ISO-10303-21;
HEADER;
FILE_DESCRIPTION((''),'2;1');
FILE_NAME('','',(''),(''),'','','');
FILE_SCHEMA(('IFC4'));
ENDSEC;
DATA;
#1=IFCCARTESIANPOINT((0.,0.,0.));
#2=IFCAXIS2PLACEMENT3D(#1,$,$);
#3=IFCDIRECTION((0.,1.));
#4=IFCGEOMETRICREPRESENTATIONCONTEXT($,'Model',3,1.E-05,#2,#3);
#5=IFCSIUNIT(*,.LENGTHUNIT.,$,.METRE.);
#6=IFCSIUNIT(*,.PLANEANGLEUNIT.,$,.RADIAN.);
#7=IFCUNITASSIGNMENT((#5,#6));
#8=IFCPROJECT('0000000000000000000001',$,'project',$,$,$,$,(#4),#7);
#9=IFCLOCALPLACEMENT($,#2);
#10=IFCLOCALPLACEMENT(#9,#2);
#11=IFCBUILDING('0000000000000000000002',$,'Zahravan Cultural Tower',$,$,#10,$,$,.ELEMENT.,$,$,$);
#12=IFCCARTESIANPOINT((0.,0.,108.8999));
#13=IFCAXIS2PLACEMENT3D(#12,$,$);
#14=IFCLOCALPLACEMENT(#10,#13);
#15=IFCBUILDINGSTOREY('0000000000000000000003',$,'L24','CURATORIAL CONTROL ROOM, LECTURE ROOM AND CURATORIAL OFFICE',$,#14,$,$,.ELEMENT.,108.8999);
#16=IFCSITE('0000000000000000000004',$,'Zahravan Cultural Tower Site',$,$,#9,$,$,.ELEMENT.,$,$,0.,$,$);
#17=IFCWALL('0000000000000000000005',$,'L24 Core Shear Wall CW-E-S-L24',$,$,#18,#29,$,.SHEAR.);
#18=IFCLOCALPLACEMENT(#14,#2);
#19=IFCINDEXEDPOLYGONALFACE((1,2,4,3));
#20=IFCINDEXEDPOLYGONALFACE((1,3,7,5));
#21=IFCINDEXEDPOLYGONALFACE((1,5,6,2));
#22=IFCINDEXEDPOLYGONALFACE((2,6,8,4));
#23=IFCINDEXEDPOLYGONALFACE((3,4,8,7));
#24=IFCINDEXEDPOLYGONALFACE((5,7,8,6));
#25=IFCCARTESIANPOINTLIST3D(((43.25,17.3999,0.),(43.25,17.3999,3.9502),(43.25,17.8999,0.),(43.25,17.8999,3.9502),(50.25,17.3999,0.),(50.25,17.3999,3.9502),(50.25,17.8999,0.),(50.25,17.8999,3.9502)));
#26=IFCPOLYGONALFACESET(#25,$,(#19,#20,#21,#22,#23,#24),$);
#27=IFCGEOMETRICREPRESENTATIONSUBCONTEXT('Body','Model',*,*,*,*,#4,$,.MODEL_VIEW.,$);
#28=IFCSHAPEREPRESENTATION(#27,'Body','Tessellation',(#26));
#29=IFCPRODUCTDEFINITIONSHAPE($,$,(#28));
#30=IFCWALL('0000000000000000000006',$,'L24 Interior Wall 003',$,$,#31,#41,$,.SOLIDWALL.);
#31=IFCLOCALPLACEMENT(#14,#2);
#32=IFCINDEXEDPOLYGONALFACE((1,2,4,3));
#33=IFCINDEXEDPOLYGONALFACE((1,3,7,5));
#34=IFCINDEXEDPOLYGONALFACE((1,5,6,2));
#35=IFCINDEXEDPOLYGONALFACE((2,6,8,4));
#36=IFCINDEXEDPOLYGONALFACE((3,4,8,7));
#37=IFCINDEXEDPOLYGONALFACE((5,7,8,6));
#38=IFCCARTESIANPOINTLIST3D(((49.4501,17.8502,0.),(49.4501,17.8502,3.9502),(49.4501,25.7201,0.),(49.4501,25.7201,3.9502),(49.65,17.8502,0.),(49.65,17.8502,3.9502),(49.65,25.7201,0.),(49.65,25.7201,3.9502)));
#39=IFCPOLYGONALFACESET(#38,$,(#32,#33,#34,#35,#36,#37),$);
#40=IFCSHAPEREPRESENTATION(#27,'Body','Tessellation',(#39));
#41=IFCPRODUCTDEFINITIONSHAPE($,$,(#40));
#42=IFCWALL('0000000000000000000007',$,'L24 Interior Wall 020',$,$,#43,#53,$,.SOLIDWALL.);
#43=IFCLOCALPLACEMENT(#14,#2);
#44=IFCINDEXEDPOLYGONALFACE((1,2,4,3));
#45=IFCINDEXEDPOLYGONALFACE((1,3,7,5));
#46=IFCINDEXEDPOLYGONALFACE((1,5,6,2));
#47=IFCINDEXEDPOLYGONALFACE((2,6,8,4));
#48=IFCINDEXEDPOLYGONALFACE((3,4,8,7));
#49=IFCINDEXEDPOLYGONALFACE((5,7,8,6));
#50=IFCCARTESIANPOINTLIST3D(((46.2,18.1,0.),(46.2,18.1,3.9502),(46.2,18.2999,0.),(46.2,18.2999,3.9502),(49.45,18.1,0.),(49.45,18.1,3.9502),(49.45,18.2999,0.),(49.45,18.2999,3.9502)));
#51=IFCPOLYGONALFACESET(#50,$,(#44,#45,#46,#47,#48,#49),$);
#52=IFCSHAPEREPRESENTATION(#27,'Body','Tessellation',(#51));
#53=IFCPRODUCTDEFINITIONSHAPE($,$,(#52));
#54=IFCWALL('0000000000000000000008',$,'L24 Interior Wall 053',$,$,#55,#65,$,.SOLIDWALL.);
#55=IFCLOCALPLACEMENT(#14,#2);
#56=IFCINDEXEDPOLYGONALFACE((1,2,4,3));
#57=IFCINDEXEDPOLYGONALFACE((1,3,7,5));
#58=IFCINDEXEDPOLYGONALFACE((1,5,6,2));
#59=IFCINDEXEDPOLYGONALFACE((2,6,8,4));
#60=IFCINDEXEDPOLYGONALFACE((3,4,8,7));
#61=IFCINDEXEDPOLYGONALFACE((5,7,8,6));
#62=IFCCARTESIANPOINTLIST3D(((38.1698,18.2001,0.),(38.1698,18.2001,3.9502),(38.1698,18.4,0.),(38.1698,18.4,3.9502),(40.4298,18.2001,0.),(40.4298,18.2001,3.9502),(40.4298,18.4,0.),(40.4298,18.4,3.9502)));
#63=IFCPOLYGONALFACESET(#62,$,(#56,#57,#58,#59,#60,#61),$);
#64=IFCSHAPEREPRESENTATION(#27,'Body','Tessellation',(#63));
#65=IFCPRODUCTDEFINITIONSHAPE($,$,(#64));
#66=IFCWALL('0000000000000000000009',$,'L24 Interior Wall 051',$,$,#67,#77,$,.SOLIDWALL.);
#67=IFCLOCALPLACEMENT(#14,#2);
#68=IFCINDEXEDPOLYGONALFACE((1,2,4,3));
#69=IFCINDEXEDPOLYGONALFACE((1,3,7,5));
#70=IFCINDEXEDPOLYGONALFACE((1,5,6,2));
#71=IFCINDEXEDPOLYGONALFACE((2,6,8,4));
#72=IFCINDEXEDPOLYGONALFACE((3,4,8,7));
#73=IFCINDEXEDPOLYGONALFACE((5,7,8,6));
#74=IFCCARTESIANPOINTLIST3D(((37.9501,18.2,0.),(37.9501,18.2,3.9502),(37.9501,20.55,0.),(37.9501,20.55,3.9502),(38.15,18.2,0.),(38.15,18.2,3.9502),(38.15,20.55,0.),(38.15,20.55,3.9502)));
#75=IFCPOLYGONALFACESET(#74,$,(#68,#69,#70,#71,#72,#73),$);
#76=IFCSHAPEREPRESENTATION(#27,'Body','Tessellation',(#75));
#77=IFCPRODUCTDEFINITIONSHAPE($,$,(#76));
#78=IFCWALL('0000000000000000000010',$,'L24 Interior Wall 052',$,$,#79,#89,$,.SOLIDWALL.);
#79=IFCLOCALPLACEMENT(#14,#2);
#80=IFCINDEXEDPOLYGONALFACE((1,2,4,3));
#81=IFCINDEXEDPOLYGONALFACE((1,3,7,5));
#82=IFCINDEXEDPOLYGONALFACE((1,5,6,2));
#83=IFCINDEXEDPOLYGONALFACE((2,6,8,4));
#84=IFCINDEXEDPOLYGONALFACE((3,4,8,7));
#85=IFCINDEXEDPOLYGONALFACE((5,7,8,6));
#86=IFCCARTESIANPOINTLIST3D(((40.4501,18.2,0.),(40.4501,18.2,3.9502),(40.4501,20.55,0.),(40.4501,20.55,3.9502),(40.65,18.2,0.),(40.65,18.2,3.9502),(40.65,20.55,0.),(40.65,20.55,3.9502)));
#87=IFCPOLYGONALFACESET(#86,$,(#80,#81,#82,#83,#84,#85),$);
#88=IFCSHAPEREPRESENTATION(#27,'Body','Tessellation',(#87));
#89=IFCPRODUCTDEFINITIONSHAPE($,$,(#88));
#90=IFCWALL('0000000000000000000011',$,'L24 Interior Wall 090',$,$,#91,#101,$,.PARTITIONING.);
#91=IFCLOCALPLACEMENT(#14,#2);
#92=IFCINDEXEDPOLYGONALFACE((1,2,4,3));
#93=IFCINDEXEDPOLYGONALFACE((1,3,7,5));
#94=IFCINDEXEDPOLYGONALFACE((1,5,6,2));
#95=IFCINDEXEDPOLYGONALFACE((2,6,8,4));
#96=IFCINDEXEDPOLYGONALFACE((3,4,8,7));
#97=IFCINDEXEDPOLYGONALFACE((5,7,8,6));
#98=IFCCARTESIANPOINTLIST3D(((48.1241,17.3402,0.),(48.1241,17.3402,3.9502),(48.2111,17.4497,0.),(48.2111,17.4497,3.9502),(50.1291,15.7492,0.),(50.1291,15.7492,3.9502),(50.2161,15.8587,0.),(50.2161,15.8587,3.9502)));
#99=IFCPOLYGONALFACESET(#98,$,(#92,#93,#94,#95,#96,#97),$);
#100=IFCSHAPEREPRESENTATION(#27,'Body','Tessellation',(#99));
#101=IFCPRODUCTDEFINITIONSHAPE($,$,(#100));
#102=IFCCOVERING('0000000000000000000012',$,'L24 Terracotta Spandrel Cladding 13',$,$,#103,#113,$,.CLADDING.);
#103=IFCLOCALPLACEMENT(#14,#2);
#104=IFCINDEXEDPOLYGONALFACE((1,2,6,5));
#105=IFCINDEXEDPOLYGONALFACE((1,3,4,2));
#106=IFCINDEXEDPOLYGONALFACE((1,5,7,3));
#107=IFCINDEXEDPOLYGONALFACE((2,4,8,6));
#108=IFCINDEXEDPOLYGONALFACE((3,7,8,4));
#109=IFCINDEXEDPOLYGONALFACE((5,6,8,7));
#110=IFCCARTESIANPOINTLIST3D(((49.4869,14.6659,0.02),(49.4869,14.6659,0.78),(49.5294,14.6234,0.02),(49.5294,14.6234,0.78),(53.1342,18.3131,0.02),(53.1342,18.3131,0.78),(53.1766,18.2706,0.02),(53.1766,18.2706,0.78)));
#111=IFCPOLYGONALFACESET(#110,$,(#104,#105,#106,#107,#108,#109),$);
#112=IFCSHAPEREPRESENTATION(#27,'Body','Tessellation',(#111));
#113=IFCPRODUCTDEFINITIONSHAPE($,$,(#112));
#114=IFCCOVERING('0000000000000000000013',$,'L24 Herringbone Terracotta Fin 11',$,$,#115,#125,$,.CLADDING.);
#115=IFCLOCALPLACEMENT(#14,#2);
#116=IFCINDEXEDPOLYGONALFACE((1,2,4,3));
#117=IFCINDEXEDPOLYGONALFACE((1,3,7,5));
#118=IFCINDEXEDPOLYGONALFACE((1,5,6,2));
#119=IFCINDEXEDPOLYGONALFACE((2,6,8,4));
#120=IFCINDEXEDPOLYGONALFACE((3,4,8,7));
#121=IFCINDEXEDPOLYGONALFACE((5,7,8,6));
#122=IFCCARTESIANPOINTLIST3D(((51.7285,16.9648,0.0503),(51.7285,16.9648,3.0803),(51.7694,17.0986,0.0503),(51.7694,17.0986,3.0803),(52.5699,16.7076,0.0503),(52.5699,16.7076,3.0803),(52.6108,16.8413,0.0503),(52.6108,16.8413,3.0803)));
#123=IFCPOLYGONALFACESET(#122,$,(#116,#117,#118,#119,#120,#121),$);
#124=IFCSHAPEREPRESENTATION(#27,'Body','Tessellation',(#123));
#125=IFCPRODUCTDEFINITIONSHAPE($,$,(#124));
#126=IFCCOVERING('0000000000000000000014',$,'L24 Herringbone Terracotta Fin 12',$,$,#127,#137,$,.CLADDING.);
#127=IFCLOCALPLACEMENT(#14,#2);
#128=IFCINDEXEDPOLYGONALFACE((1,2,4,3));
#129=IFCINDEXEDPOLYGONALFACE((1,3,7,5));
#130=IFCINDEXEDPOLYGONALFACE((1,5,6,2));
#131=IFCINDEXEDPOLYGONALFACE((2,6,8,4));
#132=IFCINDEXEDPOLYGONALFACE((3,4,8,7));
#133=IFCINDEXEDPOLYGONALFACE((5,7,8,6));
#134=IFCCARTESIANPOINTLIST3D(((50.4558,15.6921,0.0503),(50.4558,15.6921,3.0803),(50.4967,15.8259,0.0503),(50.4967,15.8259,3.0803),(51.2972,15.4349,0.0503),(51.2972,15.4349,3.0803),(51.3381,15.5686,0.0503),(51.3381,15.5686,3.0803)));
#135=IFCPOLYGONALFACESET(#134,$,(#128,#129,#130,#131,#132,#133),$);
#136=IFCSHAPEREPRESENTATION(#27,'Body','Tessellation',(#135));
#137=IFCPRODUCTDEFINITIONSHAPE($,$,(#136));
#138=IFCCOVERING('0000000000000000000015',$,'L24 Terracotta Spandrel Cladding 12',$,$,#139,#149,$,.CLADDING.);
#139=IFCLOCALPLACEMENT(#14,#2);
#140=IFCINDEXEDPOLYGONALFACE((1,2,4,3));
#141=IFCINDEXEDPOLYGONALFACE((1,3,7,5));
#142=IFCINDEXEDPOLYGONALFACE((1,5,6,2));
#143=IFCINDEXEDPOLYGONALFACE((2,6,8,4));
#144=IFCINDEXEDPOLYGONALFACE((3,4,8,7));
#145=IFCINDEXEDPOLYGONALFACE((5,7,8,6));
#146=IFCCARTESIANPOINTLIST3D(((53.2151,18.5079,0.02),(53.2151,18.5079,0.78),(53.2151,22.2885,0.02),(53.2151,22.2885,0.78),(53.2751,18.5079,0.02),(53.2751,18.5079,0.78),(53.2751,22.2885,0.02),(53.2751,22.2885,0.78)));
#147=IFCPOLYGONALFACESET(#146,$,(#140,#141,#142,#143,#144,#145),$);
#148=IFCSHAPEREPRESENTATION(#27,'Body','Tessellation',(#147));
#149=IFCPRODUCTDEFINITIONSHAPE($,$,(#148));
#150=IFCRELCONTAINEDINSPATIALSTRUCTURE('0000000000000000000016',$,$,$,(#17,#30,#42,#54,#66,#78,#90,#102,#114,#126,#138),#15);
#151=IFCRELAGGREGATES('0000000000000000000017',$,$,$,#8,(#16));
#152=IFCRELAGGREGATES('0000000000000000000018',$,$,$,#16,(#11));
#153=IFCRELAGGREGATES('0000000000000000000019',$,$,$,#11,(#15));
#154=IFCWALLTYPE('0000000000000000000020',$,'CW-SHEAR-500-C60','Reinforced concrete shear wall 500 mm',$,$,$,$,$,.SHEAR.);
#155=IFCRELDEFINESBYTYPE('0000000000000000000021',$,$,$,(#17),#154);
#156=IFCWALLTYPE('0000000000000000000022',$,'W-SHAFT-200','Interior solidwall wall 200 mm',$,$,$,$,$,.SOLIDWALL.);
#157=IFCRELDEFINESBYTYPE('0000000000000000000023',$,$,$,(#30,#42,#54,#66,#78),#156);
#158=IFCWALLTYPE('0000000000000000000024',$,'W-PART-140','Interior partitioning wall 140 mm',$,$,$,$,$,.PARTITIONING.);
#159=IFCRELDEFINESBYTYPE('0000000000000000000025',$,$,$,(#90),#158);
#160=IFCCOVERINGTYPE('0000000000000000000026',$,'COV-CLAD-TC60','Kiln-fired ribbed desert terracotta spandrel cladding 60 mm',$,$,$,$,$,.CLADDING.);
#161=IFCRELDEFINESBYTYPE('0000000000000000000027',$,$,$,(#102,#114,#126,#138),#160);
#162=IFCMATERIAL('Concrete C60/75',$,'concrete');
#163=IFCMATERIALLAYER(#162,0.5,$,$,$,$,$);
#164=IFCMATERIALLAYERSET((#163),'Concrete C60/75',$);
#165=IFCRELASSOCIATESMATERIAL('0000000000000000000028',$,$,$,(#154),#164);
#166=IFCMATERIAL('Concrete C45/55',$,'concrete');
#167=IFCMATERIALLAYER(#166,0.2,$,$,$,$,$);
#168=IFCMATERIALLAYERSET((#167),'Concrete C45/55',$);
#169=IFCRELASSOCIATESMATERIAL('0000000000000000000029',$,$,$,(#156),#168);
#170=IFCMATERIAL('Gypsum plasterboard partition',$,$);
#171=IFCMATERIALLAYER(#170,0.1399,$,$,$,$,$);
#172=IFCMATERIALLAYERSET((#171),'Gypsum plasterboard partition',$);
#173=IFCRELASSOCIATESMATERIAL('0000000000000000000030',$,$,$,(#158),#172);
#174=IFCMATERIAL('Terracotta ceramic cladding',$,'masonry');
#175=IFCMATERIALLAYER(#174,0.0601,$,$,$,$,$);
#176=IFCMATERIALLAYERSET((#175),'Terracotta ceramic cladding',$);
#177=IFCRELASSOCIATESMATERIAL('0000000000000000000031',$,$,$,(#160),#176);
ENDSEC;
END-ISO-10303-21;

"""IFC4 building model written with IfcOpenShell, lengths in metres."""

from ifc_helpers import new_model, si_unit, direction, frame, frame_2d, origin, origin_2d, place, context, subcontext, project, spatial, rectangle, extrude, source, transform, mapped, material, layer, layer_set, type_object, element, save


model = new_model("IFC4")

# Units and contexts
model_context = context("Model", 3, precision=1e-05, world=origin(), true_north=direction((0.0, 1.0)))
body_context = subcontext(model_context, "Body", "Model", "MODEL_VIEW")
ifc_project = project(units=[si_unit("LENGTHUNIT", "METRE"), si_unit("PLANEANGLEUNIT", "RADIAN")], contexts=[model_context])

# Site, building, storey
site_placement = place(None, origin())
site = spatial("IfcSite", under=ifc_project, at=site_placement, Name="Zahravan Cultural Tower Site", CompositionType="ELEMENT", RefElevation=0.0)
building_placement = place(site_placement, origin())
building = spatial("IfcBuilding", under=site, at=building_placement, Name="Zahravan Cultural Tower", CompositionType="ELEMENT")
storey_placement = place(building_placement, frame((0.0, 0.0, 108.8999)))
storey = spatial("IfcBuildingStorey", under=building, at=storey_placement, Name="L24", Description="CURATORIAL CONTROL ROOM, LECTURE ROOM AND CURATORIAL OFFICE", CompositionType="ELEMENT", Elevation=108.8999)

# Shared definitions
ifc_material_1 = material(Name="Concrete C60/75", Category="concrete")

# Shared definitions
ifc_layer_1 = layer(ifc_material_1, 0.5)
ifc_layer_set_1 = layer_set([ifc_layer_1], Name="Concrete C60/75")
wall_type_1 = type_object("IfcWallType", Name="CW-SHEAR-500-C60", Description="Reinforced concrete shear wall 500 mm", PredefinedType="SHEAR", material=ifc_layer_set_1)

# Shared definitions
ifc_material_2 = material(Name="Concrete C45/55", Category="concrete")
ifc_layer_2 = layer(ifc_material_2, 0.2)
ifc_layer_set_2 = layer_set([ifc_layer_2], Name="Concrete C45/55")
wall_type_2 = type_object("IfcWallType", Name="W-SHAFT-200", Description="Interior solidwall wall 200 mm", PredefinedType="SOLIDWALL", material=ifc_layer_set_2)

# Walls
shared_shape_1 = source(origin(), body_context, "Body", "SweptSolid", [
    extrude(rectangle(XDim=7.0, YDim=0.5, at=frame_2d((3.5, 0.0))), origin(), (0.0, 0.0, 1.0), 3.9502),
])
wall_1_placement = place(storey_placement, frame((43.25, 17.6499, 0.0), z_axis=(0.0, 0.0, 1.0), x_axis=(1.0, 0.0, 0.0)))
element("IfcWall", 1, at=wall_1_placement, inside=storey, type_object=wall_type_1, Name="L24 Core Shear Wall CW-E-S-L24", PredefinedType="SHEAR", context=body_context, shape_type="MappedRepresentation", body=[
    mapped(shared_shape_1, transform((0.0, 0.0, 0.0), x_axis=(1.0, 0.0, 0.0), y_axis=(0.0, 1.0, 0.0), z_axis=(0.0, 0.0, 1.0), scale=1.0)),
])
shared_shape_2 = source(origin(), body_context, "Body", "SweptSolid", [
    extrude(rectangle(XDim=7.8699, YDim=0.2, at=frame_2d((3.9351, 0.0))), origin(), (0.0, 0.0, 1.0), 3.9502),
])
wall_2_placement = place(storey_placement, frame((49.55, 17.8501, 0.0), z_axis=(0.0, 0.0, 1.0), x_axis=(0.0, 1.0, 0.0)))
element("IfcWall", 2, at=wall_2_placement, inside=storey, type_object=wall_type_2, Name="L24 Interior Wall 003", PredefinedType="SOLIDWALL", context=body_context, shape_type="MappedRepresentation", body=[
    mapped(shared_shape_2, transform((0.0, 0.0, 0.0), x_axis=(1.0, 0.0, 0.0), y_axis=(0.0, 1.0, 0.0), z_axis=(0.0, 0.0, 1.0), scale=1.0)),
])
shared_shape_3 = source(origin(), body_context, "Body", "SweptSolid", [
    extrude(rectangle(XDim=3.25, YDim=0.2, at=frame_2d((1.625, 0.0))), origin(), (0.0, 0.0, 1.0), 3.9502),
])
wall_3_placement = place(storey_placement, frame((46.2, 18.2, 0.0), z_axis=(0.0, 0.0, 1.0), x_axis=(1.0, 0.0, 0.0)))
element("IfcWall", 3, at=wall_3_placement, inside=storey, type_object=wall_type_2, Name="L24 Interior Wall 020", PredefinedType="SOLIDWALL", context=body_context, shape_type="MappedRepresentation", body=[
    mapped(shared_shape_3, transform((0.0, 0.0, 0.0), x_axis=(1.0, 0.0, 0.0), y_axis=(0.0, 1.0, 0.0), z_axis=(0.0, 0.0, 1.0), scale=1.0)),
])
shared_shape_4 = source(origin(), body_context, "Body", "SweptSolid", [
    extrude(rectangle(XDim=2.26, YDim=0.2, at=frame_2d((1.1299, 0.0))), origin(), (0.0, 0.0, 1.0), 3.9502),
])
wall_4_placement = place(storey_placement, frame((38.1699, 18.3, 0.0), z_axis=(0.0, 0.0, 1.0), x_axis=(1.0, 0.0, 0.0)))
element("IfcWall", 4, at=wall_4_placement, inside=storey, type_object=wall_type_2, Name="L24 Interior Wall 053", PredefinedType="SOLIDWALL", context=body_context, shape_type="MappedRepresentation", body=[
    mapped(shared_shape_4, transform((0.0, 0.0, 0.0), x_axis=(1.0, 0.0, 0.0), y_axis=(0.0, 1.0, 0.0), z_axis=(0.0, 0.0, 1.0), scale=1.0)),
])
shared_shape_5 = source(origin(), body_context, "Body", "SweptSolid", [
    extrude(rectangle(XDim=2.3501, YDim=0.2, at=frame_2d((1.175, 0.0))), origin(), (0.0, 0.0, 1.0), 3.9502),
])
for number, where, z_axis, x_axis, name in (
    (5, (38.05, 18.2, 0.0), (0.0, 0.0, 1.0), (0.0, 1.0, 0.0), "L24 Interior Wall 051"),
    (6, (40.55, 18.2, 0.0), (0.0, 0.0, 1.0), (0.0, 1.0, 0.0), "L24 Interior Wall 052"),
):
    element("IfcWall", number, at=place(storey_placement, frame(where, z_axis=z_axis, x_axis=x_axis)), inside=storey, type_object=wall_type_2, Name=name, PredefinedType="SOLIDWALL", context=body_context, shape_type="MappedRepresentation", body=[
        mapped(shared_shape_5, transform((0.0, 0.0, 0.0), x_axis=(1.0, 0.0, 0.0), y_axis=(0.0, 1.0, 0.0), z_axis=(0.0, 0.0, 1.0), scale=1.0)),
    ])
ifc_material_3 = material(Name="Gypsum plasterboard partition")
ifc_layer_3 = layer(ifc_material_3, 0.1399)
ifc_layer_set_3 = layer_set([ifc_layer_3], Name="Gypsum plasterboard partition")
wall_type_3 = type_object("IfcWallType", Name="W-PART-140", Description="Interior partitioning wall 140 mm", PredefinedType="PARTITIONING", material=ifc_layer_set_3)
shared_shape_6 = source(origin(), body_context, "Body", "SweptSolid", [
    extrude(rectangle(XDim=2.5596, YDim=0.1399, at=frame_2d((1.2798, 0.0))), origin(), (0.0, 0.0, 1.0), 3.9502),
])
wall_5_placement = place(storey_placement, frame((50.1726, 15.804, 0.0), z_axis=(0.0, 0.0, 1.0), x_axis=(-0.783347, 0.621584, 0.0)))
element("IfcWall", 7, at=wall_5_placement, inside=storey, type_object=wall_type_3, Name="L24 Interior Wall 090", PredefinedType="PARTITIONING", context=body_context, shape_type="MappedRepresentation", body=[
    mapped(shared_shape_6, transform((0.0, 0.0, 0.0), x_axis=(1.0, 0.0, 0.0), y_axis=(0.0, 1.0, 0.0), z_axis=(0.0, 0.0, 1.0), scale=1.0)),
])

# Coverings
ifc_material_4 = material(Name="Terracotta ceramic cladding", Category="masonry")
ifc_layer_4 = layer(ifc_material_4, 0.0601)
ifc_layer_set_4 = layer_set([ifc_layer_4], Name="Terracotta ceramic cladding")
covering_type = type_object("IfcCoveringType", Name="COV-CLAD-TC60", Description="Kiln-fired ribbed desert terracotta spandrel cladding 60 mm", PredefinedType="CLADDING", material=ifc_layer_set_4)
shared_shape_7 = source(origin(), body_context, "Body", "SweptSolid", [
    extrude(rectangle(XDim=5.158, YDim=0.0601, at=origin_2d()), origin(), (0.0, 0.0, 1.0), 0.76),
])
covering_1_placement = place(storey_placement, frame((51.3318, 16.4683, 0.02), z_axis=(0.0, 0.0, 1.0), x_axis=(-0.707107, -0.707107, 0.0)))
element("IfcCovering", 8, at=covering_1_placement, inside=storey, type_object=covering_type, Name="L24 Terracotta Spandrel Cladding 13", PredefinedType="CLADDING", context=body_context, shape_type="MappedRepresentation", body=[
    mapped(shared_shape_7, transform((0.0, 0.0, 0.0), x_axis=(1.0, 0.0, 0.0), y_axis=(0.0, 1.0, 0.0), z_axis=(0.0, 0.0, 1.0), scale=1.0)),
])
shared_shape_8 = source(origin(), body_context, "Body", "SweptSolid", [
    extrude(rectangle(XDim=0.8799, YDim=0.1399, at=origin_2d()), origin(), (0.0, 0.0, 1.0), 3.03),
])
for number, where, z_axis, x_axis, name in (
    (9, (52.1697, 16.9031, 0.0503), (0.0, 0.0, 1.0), (0.956305, -0.292372, 0.0), "L24 Herringbone Terracotta Fin 11"),
    (10, (50.897, 15.6304, 0.0503), (0.0, 0.0, 1.0), (0.956305, -0.292372, 0.0), "L24 Herringbone Terracotta Fin 12"),
):
    element("IfcCovering", number, at=place(storey_placement, frame(where, z_axis=z_axis, x_axis=x_axis)), inside=storey, type_object=covering_type, Name=name, PredefinedType="CLADDING", context=body_context, shape_type="MappedRepresentation", body=[
        mapped(shared_shape_8, transform((0.0, 0.0, 0.0), x_axis=(1.0, 0.0, 0.0), y_axis=(0.0, 1.0, 0.0), z_axis=(0.0, 0.0, 1.0), scale=1.0)),
    ])
shared_shape_9 = source(origin(), body_context, "Body", "SweptSolid", [
    extrude(rectangle(XDim=3.7805, YDim=0.0601, at=origin_2d()), origin(), (0.0, 0.0, 1.0), 0.76),
])
covering_2_placement = place(storey_placement, frame((53.2451, 20.3982, 0.02), z_axis=(0.0, 0.0, 1.0), x_axis=(0.0, -1.0, 0.0)))
element("IfcCovering", 11, at=covering_2_placement, inside=storey, type_object=covering_type, Name="L24 Terracotta Spandrel Cladding 12", PredefinedType="CLADDING", context=body_context, shape_type="MappedRepresentation", body=[
    mapped(shared_shape_9, transform((0.0, 0.0, 0.0), x_axis=(1.0, 0.0, 0.0), y_axis=(0.0, 1.0, 0.0), z_axis=(0.0, 0.0, 1.0), scale=1.0)),
])

save(model, "model.ifc")
